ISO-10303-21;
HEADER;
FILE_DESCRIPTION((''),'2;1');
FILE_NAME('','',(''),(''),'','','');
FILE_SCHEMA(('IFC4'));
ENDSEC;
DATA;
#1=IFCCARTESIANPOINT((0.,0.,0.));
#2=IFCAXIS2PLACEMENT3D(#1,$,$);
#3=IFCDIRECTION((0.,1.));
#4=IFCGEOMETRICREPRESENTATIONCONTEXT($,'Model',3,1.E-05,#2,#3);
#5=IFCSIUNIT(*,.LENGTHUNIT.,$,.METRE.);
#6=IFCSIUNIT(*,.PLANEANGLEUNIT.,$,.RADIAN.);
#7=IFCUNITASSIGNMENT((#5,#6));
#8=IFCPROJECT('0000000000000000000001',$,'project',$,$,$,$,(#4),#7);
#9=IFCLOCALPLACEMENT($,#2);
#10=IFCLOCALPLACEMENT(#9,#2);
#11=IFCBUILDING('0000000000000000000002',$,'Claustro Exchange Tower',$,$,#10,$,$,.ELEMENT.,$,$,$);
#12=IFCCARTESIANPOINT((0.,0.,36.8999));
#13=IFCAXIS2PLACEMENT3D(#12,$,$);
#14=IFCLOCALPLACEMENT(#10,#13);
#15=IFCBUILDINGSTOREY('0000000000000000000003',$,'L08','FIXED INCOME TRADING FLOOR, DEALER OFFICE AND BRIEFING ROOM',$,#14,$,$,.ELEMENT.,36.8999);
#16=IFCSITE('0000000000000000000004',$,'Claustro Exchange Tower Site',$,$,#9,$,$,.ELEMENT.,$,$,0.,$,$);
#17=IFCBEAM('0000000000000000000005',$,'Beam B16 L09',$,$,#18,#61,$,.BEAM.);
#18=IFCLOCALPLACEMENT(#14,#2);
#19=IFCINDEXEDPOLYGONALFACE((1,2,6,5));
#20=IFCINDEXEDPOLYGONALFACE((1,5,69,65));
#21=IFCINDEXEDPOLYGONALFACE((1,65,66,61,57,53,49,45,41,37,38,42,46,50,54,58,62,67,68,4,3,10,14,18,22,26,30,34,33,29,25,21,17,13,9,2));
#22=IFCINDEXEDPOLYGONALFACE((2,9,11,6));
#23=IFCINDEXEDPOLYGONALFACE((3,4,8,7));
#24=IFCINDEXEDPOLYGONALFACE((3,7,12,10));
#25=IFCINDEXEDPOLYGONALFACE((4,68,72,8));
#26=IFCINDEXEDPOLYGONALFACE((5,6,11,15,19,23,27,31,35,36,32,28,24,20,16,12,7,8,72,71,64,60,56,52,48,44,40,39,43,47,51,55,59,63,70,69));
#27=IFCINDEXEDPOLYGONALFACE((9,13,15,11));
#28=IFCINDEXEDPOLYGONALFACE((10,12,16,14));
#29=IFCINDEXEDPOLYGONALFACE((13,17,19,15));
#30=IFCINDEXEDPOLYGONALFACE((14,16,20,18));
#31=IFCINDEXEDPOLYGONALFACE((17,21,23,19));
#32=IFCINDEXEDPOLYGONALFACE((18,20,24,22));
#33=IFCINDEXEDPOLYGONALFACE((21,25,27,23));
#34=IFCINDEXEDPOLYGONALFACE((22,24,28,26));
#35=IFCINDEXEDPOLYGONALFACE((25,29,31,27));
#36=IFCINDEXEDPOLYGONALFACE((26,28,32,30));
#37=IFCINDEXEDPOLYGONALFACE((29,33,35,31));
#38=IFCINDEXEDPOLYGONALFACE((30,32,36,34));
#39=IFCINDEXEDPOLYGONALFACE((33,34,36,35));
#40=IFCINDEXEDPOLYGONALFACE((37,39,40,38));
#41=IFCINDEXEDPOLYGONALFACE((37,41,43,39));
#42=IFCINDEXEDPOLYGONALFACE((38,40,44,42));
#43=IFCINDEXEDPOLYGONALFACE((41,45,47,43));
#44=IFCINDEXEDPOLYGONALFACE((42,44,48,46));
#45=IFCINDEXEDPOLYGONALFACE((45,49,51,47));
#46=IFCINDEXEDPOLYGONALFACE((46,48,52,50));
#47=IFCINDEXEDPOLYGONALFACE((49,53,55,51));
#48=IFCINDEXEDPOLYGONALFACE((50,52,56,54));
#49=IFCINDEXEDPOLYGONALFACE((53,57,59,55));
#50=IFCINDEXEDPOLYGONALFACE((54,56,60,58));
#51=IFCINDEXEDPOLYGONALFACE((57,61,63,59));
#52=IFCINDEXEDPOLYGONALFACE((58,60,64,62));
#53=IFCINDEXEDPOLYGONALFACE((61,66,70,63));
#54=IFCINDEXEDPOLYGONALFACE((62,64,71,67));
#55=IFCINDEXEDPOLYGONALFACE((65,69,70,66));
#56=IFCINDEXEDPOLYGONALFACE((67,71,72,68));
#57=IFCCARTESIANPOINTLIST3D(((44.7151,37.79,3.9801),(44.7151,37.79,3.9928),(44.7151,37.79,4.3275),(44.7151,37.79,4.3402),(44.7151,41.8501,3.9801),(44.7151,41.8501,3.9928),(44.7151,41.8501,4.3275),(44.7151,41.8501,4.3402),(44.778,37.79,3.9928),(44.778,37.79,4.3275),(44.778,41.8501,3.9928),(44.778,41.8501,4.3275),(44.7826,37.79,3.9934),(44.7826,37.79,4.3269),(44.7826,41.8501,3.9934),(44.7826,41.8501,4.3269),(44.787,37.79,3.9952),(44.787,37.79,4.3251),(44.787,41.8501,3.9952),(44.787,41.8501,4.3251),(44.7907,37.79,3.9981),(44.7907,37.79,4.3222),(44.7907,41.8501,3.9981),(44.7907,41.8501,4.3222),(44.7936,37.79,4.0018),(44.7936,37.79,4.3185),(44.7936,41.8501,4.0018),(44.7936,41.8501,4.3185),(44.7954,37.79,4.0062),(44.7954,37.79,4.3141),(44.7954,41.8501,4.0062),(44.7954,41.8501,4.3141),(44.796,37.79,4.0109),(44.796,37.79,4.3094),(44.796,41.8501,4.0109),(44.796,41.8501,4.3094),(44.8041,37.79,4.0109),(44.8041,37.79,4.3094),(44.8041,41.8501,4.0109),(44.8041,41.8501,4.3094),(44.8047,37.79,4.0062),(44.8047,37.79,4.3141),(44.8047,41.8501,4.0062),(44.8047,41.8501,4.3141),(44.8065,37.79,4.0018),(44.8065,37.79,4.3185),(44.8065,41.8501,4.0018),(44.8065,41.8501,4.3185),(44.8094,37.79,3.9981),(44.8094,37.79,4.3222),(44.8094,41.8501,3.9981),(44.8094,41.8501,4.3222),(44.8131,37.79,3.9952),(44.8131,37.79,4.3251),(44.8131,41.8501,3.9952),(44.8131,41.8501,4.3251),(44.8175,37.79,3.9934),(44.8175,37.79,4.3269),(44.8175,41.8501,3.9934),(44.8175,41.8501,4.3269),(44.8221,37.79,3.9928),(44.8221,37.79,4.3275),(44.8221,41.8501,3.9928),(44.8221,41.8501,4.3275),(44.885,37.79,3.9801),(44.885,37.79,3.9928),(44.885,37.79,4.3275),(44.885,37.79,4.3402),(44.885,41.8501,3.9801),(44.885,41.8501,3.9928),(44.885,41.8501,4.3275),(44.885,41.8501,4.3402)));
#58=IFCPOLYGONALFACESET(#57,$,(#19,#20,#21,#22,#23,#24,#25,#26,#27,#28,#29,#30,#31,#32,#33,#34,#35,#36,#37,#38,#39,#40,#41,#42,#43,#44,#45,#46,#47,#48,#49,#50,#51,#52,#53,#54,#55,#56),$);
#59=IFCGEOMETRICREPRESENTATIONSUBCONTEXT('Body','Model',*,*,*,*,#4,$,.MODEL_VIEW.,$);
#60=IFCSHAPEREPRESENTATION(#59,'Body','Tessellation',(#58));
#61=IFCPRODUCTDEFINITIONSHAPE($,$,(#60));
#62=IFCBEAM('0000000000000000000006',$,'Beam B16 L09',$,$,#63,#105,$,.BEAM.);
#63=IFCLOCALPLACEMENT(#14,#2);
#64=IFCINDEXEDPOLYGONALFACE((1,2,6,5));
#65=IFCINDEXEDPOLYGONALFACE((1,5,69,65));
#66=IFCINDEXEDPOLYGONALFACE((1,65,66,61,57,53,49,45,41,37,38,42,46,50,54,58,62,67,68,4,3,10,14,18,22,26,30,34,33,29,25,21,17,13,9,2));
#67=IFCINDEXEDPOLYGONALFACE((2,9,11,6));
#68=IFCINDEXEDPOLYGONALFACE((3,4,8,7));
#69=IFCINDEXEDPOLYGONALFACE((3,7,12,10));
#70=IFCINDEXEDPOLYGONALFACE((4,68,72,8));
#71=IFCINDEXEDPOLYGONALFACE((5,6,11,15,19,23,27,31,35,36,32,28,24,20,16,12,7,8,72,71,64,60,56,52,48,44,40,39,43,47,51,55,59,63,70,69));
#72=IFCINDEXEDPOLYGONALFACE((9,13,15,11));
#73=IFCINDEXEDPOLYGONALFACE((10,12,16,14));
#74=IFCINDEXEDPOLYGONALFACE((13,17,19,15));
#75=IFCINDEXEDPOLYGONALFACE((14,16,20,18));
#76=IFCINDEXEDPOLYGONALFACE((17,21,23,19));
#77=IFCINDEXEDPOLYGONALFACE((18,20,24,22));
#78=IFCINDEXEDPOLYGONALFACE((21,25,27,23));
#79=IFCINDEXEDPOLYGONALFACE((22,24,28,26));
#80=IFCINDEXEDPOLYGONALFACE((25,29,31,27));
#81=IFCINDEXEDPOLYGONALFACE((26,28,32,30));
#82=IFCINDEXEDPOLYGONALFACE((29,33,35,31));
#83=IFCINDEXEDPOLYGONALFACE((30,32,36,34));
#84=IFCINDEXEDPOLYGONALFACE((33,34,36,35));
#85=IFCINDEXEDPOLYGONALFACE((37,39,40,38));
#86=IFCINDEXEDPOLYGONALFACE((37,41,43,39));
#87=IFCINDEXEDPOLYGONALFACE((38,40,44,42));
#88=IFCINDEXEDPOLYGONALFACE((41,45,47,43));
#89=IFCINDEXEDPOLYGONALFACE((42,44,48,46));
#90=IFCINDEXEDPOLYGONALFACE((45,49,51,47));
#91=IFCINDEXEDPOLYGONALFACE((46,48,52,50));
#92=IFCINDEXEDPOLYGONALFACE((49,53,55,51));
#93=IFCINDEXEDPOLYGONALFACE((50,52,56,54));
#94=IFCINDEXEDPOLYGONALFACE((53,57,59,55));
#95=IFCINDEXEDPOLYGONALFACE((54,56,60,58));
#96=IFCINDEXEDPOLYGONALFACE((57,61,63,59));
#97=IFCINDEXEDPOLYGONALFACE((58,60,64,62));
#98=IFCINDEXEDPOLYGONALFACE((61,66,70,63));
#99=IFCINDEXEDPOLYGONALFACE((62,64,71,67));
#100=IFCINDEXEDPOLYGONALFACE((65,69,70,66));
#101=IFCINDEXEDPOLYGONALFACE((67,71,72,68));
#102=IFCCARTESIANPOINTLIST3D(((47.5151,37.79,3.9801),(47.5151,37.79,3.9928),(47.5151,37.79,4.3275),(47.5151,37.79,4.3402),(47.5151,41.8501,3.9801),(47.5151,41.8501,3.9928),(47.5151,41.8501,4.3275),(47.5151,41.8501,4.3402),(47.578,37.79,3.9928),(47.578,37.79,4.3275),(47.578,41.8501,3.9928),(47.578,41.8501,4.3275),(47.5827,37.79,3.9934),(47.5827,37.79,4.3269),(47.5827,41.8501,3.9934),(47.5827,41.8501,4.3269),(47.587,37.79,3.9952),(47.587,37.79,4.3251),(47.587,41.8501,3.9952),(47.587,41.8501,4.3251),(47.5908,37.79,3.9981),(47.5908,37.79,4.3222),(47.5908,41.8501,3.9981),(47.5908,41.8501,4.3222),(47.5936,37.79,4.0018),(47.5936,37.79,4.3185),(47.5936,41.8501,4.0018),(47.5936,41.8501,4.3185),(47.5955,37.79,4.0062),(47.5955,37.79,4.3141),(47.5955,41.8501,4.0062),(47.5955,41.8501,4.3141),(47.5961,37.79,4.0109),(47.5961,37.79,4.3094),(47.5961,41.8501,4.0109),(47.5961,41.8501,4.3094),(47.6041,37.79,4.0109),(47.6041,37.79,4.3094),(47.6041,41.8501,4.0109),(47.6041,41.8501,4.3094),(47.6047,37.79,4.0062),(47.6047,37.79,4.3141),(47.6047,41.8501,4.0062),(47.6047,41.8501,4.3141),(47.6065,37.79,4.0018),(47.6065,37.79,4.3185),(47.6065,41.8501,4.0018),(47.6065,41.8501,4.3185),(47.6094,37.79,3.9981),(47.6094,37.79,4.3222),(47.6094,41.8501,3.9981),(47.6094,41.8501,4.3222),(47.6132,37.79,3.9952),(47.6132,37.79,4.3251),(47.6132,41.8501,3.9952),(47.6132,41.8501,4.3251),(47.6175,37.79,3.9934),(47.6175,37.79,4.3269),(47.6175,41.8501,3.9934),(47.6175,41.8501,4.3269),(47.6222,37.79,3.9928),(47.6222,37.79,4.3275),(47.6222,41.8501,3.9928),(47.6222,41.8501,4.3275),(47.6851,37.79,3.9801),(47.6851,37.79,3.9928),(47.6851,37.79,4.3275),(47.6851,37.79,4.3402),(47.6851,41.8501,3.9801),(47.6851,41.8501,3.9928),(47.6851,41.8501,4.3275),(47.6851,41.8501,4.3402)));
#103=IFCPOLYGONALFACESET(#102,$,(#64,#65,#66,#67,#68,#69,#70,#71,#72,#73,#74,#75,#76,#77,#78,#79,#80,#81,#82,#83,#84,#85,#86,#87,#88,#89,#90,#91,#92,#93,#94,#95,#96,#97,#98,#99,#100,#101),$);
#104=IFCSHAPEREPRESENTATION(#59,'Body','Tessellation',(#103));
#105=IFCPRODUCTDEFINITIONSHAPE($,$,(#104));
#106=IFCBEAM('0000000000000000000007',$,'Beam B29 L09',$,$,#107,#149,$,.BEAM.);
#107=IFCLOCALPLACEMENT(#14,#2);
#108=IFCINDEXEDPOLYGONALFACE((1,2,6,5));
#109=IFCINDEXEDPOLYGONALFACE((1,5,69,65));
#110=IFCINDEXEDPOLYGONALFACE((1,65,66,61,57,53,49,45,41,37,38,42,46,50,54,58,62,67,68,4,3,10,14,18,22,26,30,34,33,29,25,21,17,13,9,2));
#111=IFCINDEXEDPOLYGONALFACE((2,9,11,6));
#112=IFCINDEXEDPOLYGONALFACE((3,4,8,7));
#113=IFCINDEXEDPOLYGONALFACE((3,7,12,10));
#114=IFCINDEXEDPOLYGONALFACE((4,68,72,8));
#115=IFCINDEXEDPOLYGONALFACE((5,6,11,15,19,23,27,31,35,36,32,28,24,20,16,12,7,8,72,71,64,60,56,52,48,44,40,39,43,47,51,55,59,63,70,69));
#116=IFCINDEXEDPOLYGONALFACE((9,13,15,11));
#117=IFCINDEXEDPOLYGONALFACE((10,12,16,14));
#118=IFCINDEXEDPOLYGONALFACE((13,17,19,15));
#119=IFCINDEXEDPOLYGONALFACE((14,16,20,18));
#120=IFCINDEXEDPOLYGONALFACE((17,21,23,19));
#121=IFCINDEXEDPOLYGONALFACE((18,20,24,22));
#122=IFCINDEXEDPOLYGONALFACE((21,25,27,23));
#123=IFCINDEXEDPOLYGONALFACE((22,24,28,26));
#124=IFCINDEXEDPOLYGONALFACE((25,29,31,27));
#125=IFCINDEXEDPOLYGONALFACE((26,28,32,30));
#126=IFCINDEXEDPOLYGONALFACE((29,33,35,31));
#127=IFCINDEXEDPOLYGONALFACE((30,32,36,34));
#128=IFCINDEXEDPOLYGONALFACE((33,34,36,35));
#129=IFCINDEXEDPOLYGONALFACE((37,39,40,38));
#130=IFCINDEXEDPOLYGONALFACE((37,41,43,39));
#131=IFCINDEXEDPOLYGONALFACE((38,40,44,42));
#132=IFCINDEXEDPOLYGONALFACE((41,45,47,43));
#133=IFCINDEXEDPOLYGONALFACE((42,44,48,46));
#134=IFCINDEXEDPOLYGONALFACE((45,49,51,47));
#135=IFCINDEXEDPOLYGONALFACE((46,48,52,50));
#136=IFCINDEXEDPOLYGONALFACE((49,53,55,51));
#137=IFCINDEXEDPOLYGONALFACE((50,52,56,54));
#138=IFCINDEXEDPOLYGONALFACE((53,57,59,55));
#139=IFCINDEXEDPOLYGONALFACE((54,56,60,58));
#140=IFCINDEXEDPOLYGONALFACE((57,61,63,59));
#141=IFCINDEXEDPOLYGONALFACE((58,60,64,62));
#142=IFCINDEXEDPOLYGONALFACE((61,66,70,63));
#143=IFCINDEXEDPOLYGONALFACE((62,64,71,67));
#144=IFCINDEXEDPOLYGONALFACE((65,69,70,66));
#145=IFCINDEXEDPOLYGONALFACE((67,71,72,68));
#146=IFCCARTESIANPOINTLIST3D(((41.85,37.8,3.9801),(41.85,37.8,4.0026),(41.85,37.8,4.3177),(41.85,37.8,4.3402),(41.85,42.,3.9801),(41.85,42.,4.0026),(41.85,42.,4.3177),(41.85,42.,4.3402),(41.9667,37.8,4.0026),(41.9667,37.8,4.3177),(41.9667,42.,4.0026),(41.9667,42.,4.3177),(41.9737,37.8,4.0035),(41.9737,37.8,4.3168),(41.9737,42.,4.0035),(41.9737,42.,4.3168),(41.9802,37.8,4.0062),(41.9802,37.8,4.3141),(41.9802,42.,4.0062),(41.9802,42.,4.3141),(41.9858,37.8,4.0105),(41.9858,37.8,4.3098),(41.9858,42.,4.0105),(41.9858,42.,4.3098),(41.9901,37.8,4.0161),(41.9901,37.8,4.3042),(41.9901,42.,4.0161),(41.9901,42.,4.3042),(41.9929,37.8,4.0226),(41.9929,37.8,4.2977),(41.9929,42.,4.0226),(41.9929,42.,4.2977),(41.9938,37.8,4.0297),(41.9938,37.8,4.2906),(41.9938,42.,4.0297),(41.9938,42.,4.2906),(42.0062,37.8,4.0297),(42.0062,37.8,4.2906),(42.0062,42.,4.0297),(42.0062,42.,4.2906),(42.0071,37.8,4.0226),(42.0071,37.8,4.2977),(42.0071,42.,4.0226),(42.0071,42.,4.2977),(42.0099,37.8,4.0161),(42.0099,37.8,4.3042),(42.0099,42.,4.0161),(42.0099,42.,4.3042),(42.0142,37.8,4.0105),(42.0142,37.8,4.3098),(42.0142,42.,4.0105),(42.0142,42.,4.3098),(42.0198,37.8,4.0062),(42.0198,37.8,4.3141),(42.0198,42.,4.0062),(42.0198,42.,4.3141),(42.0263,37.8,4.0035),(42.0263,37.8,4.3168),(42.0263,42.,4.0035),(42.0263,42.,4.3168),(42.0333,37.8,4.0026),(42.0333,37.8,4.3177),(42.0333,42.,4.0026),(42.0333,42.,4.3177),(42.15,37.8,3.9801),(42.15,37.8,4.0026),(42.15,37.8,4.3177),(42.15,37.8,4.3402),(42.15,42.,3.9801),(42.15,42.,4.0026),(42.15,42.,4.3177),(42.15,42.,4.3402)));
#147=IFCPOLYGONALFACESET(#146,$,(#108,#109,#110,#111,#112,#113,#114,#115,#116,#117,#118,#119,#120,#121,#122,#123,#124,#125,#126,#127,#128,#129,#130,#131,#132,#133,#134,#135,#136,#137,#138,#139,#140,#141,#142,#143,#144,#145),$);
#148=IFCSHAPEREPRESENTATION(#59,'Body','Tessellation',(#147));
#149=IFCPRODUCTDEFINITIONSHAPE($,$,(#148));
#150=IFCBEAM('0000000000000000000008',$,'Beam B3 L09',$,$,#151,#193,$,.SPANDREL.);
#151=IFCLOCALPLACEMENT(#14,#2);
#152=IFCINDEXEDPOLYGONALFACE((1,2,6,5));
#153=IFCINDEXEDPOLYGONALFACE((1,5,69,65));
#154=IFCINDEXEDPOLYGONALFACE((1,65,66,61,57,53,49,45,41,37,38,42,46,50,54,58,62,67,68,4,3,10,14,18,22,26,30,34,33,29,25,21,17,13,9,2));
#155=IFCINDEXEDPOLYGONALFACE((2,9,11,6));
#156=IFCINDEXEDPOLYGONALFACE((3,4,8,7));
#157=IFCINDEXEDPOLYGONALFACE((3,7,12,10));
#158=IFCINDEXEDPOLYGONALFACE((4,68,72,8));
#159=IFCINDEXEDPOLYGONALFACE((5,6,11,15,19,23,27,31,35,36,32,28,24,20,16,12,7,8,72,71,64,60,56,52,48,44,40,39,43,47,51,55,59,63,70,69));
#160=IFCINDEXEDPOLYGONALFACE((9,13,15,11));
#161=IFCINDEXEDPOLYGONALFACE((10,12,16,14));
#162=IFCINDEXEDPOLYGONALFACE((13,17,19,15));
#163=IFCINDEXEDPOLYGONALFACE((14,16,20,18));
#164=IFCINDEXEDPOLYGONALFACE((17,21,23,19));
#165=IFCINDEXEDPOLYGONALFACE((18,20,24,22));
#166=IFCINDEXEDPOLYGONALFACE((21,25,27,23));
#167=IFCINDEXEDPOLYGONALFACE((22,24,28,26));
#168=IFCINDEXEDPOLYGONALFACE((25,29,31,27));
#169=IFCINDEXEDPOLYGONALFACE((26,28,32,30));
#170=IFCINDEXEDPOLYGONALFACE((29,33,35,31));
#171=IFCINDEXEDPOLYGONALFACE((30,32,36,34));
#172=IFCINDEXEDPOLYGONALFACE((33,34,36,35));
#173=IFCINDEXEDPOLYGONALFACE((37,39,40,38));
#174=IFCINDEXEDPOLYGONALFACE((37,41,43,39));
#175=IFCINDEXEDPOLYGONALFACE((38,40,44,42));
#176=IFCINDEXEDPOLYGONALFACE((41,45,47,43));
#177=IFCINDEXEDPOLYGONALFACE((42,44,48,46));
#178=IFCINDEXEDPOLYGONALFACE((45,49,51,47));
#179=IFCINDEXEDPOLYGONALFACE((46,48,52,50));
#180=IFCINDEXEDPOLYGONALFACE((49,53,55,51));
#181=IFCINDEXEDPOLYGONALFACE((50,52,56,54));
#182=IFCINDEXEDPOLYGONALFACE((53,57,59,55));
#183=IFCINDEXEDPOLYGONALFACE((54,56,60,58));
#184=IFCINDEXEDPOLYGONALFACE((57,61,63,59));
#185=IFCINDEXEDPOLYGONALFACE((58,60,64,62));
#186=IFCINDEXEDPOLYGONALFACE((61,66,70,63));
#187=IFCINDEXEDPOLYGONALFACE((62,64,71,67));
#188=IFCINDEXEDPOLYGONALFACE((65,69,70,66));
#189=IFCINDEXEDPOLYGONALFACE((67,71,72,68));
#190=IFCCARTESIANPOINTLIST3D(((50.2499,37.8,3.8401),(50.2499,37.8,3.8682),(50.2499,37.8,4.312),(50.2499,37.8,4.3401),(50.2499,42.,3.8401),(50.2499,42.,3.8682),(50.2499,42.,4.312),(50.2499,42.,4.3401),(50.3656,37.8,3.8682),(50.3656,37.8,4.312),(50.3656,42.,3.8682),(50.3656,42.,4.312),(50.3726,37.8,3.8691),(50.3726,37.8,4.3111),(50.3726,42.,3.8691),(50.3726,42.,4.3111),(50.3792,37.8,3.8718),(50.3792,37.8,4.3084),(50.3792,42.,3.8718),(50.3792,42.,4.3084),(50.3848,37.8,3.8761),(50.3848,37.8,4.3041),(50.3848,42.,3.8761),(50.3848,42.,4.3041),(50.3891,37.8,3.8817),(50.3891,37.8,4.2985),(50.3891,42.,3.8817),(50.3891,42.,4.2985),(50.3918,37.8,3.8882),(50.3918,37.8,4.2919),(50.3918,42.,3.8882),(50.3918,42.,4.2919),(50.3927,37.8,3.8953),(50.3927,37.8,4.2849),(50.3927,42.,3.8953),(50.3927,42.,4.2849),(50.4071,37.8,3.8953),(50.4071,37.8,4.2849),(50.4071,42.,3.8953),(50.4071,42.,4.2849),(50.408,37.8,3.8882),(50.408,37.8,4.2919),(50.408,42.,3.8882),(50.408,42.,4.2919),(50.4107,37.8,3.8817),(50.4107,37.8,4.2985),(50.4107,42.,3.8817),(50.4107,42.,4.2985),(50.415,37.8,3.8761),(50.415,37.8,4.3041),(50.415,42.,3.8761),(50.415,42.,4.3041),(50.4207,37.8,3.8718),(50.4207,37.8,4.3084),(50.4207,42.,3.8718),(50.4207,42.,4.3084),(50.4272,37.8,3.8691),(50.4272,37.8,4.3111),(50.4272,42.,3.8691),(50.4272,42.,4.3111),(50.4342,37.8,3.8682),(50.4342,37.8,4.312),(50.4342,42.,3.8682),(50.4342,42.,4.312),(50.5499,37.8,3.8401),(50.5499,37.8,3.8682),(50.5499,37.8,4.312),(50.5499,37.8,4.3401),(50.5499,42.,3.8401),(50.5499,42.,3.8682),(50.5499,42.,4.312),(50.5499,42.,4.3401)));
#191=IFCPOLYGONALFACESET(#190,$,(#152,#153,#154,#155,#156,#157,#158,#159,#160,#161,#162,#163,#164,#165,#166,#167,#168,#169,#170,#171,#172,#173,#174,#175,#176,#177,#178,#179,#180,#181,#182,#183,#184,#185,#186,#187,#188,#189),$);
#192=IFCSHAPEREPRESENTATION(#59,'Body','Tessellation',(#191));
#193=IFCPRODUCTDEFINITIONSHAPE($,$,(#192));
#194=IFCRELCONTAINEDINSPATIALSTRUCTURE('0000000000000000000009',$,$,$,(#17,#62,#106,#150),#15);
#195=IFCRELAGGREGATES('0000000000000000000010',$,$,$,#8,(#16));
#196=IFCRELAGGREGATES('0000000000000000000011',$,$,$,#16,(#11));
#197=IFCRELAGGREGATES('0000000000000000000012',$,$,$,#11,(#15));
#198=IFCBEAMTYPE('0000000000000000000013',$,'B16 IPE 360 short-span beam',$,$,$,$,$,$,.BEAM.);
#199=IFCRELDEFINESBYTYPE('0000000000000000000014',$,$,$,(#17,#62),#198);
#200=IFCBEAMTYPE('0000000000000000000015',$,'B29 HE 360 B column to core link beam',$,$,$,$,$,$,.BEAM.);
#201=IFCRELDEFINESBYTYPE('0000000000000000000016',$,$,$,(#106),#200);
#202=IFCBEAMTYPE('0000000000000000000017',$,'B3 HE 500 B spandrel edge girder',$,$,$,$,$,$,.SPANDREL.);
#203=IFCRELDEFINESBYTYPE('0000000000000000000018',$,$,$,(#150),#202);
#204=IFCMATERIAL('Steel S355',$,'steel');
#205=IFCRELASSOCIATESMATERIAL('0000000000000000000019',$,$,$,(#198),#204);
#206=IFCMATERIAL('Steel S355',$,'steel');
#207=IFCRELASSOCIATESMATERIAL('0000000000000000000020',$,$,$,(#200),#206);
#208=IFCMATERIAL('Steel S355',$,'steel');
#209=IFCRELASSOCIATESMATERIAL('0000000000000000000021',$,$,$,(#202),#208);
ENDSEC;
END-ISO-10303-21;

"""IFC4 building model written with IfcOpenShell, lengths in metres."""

from ifc_helpers import new_model, si_unit, direction, frame, origin, origin_2d, place, context, subcontext, project, spatial, i_section, extrude, material, material_profile, profile_set, type_object, element, save


model = new_model("IFC4")

# Units and contexts
model_context = context("Model", 3, precision=1e-05, world=origin(), true_north=direction((0.0, 1.0)))
body_context = subcontext(model_context, "Body", "Model", "MODEL_VIEW")
ifc_project = project(units=[si_unit("LENGTHUNIT", "METRE"), si_unit("PLANEANGLEUNIT", "RADIAN")], contexts=[model_context])

# Site, building, storey
site_placement = place(None, origin())
site = spatial("IfcSite", under=ifc_project, at=site_placement, Name="Claustro Exchange Tower Site", CompositionType="ELEMENT", RefElevation=0.0)
building_placement = place(site_placement, origin())
building = spatial("IfcBuilding", under=site, at=building_placement, Name="Claustro Exchange Tower", CompositionType="ELEMENT")
storey_placement = place(building_placement, frame((0.0, 0.0, 36.8999)))
storey = spatial("IfcBuildingStorey", under=building, at=storey_placement, Name="L08", Description="FIXED INCOME TRADING FLOOR, DEALER OFFICE AND BRIEFING ROOM", CompositionType="ELEMENT", Elevation=36.8999)

# Beams
ifc_material_1 = material(Name="Steel S355", Category="steel")
ifc_material_profile_1 = material_profile(ifc_material_1, i_section(OverallWidth=0.1699, OverallDepth=0.3601, WebThickness=0.0081, FlangeThickness=0.0127, FilletRadius=0.0181, at=origin_2d()), Name="IPE 360")
ifc_profile_set_1 = profile_set([ifc_material_profile_1], Name="Steel S355")
beam_type_1 = type_object("IfcBeamType", Name="B16 IPE 360 short-span beam", PredefinedType="BEAM", material=ifc_profile_set_1)
for number, where, z_axis, x_axis, name in (
    (1, (44.8, 37.79, 4.1602), (0.0, 1.0, 0.0), (-1.0, 0.0, 0.0), "Beam B16 L09"),
    (2, (47.6001, 37.79, 4.1602), (0.0, 1.0, 0.0), (-1.0, 0.0, 0.0), "Beam B16 L09"),
):
    element("IfcBeam", number, at=place(storey_placement, frame(where, z_axis=z_axis, x_axis=x_axis)), inside=storey, type_object=beam_type_1, Name=name, PredefinedType="BEAM", context=body_context, shape_type="SweptSolid", body=[
        extrude(i_section(OverallWidth=0.1699, OverallDepth=0.3601, WebThickness=0.0081, FlangeThickness=0.0127, FilletRadius=0.0181, at=origin_2d()), origin(), (0.0, 0.0, 1.0), 4.0601),
    ])
ifc_material_2 = material(Name="Steel S355", Category="steel")
ifc_material_profile_2 = material_profile(ifc_material_2, i_section(OverallWidth=0.3, OverallDepth=0.3601, WebThickness=0.0125, FlangeThickness=0.0225, FilletRadius=0.0271, at=origin_2d()), Name="HE 360 B")
ifc_profile_set_2 = profile_set([ifc_material_profile_2], Name="Steel S355")
beam_type_2 = type_object("IfcBeamType", Name="B29 HE 360 B column to core link beam", PredefinedType="BEAM", material=ifc_profile_set_2)
beam_1_placement = place(storey_placement, frame((42.0, 37.8, 4.1602), z_axis=(0.0, 1.0, 0.0), x_axis=(-1.0, 0.0, 0.0)))
element("IfcBeam", 3, at=beam_1_placement, inside=storey, type_object=beam_type_2, Name="Beam B29 L09", PredefinedType="BEAM", context=body_context, shape_type="SweptSolid", body=[
    extrude(i_section(OverallWidth=0.3, OverallDepth=0.3601, WebThickness=0.0125, FlangeThickness=0.0225, FilletRadius=0.0271, at=origin_2d()), origin(), (0.0, 0.0, 1.0), 4.2),
])
ifc_material_3 = material(Name="Steel S355", Category="steel")
ifc_material_profile_3 = material_profile(ifc_material_3, i_section(OverallWidth=0.3, OverallDepth=0.5, WebThickness=0.0144, FlangeThickness=0.0281, FilletRadius=0.0271, at=origin_2d()), Name="HE 500 B")
ifc_profile_set_3 = profile_set([ifc_material_profile_3], Name="Steel S355")
beam_type_3 = type_object("IfcBeamType", Name="B3 HE 500 B spandrel edge girder", PredefinedType="SPANDREL", material=ifc_profile_set_3)
beam_2_placement = place(storey_placement, frame((50.3999, 37.8, 4.0901), z_axis=(0.0, 1.0, 0.0), x_axis=(-1.0, 0.0, 0.0)))
element("IfcBeam", 4, at=beam_2_placement, inside=storey, type_object=beam_type_3, Name="Beam B3 L09", PredefinedType="SPANDREL", context=body_context, shape_type="SweptSolid", body=[
    extrude(i_section(OverallWidth=0.3, OverallDepth=0.5, WebThickness=0.0144, FlangeThickness=0.0281, FilletRadius=0.0271, at=origin_2d()), origin(), (0.0, 0.0, 1.0), 4.2),
])

save(model, "model.ifc")
